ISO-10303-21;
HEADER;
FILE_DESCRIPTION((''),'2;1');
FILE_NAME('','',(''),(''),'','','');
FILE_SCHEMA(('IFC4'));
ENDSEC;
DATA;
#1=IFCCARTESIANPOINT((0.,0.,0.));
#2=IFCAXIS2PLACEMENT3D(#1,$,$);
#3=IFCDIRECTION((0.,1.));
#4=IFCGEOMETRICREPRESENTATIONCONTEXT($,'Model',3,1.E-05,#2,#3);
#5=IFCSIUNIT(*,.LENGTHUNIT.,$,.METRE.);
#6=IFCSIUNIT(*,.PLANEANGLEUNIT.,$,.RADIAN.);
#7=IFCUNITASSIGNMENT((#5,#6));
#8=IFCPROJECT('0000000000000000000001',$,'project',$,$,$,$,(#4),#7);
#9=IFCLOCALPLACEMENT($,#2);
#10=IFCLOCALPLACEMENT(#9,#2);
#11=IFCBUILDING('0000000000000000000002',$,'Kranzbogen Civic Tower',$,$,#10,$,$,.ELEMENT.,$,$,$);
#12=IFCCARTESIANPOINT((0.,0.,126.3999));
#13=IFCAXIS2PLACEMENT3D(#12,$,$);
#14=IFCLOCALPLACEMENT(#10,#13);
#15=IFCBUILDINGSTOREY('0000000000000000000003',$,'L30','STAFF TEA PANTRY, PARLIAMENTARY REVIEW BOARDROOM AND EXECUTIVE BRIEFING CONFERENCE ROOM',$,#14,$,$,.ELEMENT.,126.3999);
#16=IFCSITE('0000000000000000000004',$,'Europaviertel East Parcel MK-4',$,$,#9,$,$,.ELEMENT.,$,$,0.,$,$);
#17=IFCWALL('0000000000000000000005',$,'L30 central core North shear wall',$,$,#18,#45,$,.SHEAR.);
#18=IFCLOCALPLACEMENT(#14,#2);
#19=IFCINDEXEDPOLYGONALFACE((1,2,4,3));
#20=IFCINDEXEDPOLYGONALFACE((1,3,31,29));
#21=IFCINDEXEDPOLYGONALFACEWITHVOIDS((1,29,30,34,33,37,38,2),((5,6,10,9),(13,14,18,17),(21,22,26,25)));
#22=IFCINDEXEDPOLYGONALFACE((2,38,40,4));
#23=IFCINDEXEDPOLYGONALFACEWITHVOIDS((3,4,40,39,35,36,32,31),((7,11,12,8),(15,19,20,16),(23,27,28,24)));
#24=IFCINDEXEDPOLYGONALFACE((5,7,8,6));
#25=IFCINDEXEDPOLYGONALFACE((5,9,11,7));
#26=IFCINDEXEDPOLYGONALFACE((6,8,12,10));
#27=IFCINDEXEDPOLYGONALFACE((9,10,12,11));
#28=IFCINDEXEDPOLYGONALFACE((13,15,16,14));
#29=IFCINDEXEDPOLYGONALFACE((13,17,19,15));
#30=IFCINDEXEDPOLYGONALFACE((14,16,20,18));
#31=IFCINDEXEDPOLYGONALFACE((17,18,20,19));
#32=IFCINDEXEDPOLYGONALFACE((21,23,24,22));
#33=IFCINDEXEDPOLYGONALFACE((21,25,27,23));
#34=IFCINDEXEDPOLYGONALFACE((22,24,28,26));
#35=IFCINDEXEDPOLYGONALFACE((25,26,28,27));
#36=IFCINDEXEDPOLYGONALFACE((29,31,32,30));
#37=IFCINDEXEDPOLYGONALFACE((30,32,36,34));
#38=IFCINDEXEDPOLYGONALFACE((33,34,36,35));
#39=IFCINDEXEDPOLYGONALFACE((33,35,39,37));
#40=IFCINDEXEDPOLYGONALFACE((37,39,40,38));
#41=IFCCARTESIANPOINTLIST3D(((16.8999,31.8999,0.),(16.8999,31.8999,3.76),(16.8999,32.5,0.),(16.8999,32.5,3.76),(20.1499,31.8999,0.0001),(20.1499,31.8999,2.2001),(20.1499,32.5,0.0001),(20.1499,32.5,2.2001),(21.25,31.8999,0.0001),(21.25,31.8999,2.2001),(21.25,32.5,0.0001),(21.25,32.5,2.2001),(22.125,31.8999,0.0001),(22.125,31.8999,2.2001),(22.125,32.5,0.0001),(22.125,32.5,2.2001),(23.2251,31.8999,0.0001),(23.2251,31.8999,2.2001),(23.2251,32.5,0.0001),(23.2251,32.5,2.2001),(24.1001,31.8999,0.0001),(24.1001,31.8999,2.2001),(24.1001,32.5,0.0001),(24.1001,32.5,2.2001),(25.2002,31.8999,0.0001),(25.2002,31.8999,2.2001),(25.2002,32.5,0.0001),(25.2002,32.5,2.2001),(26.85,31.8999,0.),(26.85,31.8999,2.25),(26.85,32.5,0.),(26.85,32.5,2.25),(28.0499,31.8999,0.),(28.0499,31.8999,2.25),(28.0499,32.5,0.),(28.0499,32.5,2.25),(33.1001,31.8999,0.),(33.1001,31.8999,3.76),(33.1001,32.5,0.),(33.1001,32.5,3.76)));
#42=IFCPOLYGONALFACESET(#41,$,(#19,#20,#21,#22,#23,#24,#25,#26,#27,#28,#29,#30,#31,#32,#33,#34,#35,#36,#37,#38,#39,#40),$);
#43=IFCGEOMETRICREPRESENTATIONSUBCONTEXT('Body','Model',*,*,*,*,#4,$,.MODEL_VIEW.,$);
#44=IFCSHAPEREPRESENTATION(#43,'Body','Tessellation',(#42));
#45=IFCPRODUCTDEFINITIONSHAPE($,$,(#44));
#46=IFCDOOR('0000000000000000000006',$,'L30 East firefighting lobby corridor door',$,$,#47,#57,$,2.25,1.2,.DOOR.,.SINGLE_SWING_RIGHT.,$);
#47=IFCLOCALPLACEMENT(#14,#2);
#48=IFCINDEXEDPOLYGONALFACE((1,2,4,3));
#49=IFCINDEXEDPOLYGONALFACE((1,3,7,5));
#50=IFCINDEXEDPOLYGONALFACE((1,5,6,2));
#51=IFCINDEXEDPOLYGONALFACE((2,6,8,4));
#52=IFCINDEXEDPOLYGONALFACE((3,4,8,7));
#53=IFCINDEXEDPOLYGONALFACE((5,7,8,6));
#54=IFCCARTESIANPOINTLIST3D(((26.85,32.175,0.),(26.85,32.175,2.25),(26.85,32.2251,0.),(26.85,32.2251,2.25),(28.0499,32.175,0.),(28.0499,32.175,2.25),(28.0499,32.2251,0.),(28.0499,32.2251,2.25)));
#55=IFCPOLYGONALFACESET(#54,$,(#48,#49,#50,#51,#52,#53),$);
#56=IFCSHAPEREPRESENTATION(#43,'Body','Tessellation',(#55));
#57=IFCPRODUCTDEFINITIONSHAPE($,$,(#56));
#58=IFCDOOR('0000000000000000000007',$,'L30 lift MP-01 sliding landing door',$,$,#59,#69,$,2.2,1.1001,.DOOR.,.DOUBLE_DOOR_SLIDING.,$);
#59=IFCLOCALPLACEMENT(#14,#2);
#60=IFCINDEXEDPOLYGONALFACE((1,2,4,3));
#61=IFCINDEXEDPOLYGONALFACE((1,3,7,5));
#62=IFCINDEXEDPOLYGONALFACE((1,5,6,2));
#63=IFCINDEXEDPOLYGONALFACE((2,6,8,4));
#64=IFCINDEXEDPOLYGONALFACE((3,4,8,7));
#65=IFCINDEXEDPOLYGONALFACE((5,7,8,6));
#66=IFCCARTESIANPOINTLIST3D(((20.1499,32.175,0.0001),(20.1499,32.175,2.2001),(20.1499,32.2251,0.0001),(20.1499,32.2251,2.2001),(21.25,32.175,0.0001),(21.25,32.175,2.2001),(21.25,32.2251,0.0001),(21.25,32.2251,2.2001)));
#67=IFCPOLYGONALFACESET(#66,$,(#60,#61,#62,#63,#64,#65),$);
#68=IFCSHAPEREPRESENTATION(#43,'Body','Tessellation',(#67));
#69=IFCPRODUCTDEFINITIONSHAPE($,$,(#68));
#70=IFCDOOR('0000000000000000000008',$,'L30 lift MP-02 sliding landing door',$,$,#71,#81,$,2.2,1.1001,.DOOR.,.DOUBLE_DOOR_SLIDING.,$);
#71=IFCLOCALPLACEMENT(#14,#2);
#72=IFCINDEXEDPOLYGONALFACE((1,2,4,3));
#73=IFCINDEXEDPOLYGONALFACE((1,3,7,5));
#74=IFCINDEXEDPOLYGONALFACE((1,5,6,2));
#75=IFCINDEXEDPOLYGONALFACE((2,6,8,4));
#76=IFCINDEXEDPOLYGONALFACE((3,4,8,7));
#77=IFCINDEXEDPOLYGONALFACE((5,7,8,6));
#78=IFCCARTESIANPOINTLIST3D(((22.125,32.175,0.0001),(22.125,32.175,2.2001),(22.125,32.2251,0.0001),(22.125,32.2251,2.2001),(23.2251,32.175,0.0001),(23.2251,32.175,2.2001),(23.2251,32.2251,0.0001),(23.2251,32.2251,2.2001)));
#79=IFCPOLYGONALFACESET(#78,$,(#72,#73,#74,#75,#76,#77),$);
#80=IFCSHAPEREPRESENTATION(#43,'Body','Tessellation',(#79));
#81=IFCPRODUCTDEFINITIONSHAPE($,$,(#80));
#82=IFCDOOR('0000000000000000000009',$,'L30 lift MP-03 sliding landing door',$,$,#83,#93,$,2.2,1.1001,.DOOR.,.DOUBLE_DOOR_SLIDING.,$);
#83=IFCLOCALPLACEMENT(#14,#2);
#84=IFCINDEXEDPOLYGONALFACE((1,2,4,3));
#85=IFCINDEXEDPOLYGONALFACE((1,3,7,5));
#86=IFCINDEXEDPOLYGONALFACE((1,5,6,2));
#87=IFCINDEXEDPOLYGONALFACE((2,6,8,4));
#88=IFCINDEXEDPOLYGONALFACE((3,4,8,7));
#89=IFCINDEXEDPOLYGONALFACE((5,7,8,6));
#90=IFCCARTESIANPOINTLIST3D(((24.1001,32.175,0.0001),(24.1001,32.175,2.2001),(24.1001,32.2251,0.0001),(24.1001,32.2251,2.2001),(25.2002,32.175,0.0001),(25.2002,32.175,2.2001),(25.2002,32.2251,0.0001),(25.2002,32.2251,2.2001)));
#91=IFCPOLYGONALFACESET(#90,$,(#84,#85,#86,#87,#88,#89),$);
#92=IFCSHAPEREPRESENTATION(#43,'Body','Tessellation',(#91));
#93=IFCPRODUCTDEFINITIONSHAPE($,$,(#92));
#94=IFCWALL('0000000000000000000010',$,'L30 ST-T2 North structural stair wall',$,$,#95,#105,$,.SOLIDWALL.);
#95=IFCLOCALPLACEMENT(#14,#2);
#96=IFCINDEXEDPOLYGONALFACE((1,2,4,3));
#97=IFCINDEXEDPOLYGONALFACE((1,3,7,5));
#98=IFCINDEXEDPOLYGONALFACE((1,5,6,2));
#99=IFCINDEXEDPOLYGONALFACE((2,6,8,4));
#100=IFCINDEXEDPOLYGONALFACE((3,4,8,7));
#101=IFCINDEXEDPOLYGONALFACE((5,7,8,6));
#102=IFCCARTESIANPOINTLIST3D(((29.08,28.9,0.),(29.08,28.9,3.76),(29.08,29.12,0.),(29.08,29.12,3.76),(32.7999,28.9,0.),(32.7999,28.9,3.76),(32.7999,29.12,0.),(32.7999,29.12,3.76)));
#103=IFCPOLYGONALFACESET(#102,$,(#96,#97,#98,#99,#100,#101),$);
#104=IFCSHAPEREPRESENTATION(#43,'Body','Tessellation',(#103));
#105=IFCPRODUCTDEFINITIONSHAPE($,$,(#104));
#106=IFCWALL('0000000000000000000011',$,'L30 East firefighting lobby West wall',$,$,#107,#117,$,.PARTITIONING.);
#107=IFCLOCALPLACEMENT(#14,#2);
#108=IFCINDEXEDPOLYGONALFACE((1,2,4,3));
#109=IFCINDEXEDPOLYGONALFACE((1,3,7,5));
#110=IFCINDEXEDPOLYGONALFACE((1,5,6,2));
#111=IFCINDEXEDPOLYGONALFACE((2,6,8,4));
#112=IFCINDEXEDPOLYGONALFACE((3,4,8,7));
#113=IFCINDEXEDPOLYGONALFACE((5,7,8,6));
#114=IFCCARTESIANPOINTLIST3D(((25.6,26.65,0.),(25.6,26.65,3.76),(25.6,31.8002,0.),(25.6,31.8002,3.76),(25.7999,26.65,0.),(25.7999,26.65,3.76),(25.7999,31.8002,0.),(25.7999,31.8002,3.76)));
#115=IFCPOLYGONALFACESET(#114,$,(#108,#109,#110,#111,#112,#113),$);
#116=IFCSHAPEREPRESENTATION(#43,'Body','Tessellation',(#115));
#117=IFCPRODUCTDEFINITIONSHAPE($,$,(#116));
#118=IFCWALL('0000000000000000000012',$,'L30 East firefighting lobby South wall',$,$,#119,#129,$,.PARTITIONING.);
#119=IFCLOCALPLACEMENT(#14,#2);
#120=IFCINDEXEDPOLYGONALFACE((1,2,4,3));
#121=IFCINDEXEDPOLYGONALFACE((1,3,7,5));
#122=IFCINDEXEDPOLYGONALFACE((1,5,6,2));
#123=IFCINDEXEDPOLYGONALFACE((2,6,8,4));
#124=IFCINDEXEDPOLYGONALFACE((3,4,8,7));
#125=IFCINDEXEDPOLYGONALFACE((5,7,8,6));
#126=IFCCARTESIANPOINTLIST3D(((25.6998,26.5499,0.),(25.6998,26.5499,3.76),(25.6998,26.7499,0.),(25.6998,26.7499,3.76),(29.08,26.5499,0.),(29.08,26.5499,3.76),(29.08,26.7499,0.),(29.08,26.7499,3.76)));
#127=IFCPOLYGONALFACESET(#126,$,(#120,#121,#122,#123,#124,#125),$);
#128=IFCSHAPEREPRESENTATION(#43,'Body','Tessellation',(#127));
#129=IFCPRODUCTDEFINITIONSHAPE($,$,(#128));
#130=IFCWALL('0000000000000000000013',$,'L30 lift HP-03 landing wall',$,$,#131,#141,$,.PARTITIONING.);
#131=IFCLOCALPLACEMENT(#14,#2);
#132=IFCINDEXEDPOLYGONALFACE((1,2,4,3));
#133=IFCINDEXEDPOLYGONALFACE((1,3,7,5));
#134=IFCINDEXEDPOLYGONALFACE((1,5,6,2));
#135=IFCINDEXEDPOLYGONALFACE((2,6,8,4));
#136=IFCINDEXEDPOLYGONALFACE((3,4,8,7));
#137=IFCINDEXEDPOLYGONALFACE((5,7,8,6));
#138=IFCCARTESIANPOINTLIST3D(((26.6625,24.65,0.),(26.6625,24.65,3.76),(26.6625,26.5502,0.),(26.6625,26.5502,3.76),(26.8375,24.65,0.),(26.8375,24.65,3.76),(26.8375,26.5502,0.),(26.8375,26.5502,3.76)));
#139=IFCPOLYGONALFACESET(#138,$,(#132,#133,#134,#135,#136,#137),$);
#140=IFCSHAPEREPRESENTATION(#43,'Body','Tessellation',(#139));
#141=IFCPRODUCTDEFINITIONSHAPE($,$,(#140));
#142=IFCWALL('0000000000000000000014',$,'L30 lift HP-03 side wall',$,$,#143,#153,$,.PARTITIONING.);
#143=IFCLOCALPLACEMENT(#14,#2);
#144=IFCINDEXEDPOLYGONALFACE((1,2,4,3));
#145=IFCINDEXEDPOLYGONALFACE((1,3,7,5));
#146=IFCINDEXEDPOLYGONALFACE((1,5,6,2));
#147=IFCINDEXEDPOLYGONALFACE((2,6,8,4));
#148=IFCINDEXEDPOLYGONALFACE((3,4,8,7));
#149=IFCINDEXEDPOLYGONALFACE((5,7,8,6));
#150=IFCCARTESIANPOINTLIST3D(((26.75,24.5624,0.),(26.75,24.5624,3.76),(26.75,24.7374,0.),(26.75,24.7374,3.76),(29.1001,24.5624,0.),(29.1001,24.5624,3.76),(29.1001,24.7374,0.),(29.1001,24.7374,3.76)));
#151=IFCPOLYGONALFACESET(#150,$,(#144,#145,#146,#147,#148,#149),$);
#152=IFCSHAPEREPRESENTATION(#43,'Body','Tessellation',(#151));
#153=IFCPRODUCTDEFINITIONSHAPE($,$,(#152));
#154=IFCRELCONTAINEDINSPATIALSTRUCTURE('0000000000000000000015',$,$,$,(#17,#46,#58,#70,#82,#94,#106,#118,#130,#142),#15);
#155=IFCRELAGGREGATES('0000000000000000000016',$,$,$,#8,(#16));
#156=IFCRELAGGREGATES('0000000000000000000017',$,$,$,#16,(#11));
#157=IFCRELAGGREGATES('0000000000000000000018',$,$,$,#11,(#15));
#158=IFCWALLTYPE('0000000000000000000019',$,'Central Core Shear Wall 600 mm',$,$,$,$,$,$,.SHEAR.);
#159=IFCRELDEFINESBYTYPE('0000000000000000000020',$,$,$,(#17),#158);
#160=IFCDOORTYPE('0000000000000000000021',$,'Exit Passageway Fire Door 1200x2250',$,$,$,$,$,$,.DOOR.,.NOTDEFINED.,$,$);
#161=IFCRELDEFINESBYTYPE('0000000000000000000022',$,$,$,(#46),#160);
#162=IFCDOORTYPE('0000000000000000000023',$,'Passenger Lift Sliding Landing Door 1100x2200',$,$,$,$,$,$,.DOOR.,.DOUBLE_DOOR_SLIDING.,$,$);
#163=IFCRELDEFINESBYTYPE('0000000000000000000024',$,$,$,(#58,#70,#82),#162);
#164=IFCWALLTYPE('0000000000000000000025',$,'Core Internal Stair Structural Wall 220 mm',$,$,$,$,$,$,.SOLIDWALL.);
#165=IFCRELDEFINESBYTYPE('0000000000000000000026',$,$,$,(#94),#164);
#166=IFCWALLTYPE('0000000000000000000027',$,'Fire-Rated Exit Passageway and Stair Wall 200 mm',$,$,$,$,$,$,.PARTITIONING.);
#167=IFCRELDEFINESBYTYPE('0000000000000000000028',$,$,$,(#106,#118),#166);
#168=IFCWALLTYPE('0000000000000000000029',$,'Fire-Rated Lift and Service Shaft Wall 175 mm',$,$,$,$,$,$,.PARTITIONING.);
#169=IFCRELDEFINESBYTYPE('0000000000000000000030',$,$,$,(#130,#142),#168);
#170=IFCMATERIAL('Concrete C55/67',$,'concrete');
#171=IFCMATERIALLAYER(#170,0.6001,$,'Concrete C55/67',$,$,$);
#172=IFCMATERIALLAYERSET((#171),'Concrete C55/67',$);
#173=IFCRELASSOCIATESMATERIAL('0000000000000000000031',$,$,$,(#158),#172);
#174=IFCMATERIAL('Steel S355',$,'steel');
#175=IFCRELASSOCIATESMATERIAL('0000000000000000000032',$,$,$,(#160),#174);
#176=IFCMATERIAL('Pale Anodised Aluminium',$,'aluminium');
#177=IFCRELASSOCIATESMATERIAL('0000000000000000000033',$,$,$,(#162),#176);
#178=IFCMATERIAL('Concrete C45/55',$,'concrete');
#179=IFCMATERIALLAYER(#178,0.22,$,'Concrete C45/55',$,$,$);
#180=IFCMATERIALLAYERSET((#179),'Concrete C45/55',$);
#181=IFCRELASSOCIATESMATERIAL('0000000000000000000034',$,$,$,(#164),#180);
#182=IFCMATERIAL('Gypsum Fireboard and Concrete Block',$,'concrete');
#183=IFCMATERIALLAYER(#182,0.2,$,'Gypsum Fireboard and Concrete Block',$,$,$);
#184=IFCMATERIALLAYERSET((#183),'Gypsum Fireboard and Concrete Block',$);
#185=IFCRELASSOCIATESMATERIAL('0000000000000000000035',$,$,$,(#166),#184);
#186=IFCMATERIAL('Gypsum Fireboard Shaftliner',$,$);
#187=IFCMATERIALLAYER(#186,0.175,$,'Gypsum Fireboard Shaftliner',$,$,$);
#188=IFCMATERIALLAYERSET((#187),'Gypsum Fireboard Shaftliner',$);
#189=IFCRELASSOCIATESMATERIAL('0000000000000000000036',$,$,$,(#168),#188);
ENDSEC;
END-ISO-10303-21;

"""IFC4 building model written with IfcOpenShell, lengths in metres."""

from ifc_helpers import new_model, si_unit, direction, frame, frame_2d, origin, place, context, subcontext, project, spatial, rectangle, extrude, material, layer, layer_set, type_object, element, fill, save


model = new_model("IFC4")

# Units and contexts
model_context = context("Model", 3, precision=1e-05, world=origin(), true_north=direction((0.0, 1.0)))
body_context = subcontext(model_context, "Body", "Model", "MODEL_VIEW")
ifc_project = project(units=[si_unit("LENGTHUNIT", "METRE"), si_unit("PLANEANGLEUNIT", "RADIAN")], contexts=[model_context])

# Site, building, storey
site_placement = place(None, origin())
site = spatial("IfcSite", under=ifc_project, at=site_placement, Name="Europaviertel East Parcel MK-4", CompositionType="ELEMENT", RefElevation=0.0)
building_placement = place(site_placement, origin())
building = spatial("IfcBuilding", under=site, at=building_placement, Name="Kranzbogen Civic Tower", CompositionType="ELEMENT")
storey_placement = place(building_placement, frame((0.0, 0.0, 126.3999)))
storey = spatial("IfcBuildingStorey", under=building, at=storey_placement, Name="L30", Description="STAFF TEA PANTRY, PARLIAMENTARY REVIEW BOARDROOM AND EXECUTIVE BRIEFING CONFERENCE ROOM", CompositionType="ELEMENT", Elevation=126.3999)

# Shared definitions
ifc_material_1 = material(Name="Steel S355", Category="steel")

# Wall, openings, doors
ifc_material_2 = material(Name="Concrete C55/67", Category="concrete")
ifc_layer_1 = layer(ifc_material_2, 0.6001, Name="Concrete C55/67")
ifc_layer_set_1 = layer_set([ifc_layer_1], Name="Concrete C55/67")
wall_type_1 = type_object("IfcWallType", Name="Central Core Shear Wall 600 mm", PredefinedType="SHEAR", material=ifc_layer_set_1)
wall_1_placement = place(storey_placement, frame((33.1001, 32.2, 0.0), z_axis=(0.0, 0.0, 1.0), x_axis=(-1.0, 0.0, 0.0)))
wall_1 = element("IfcWall", 1, at=wall_1_placement, inside=storey, type_object=wall_type_1, Name="L30 central core North shear wall", PredefinedType="SHEAR", context=body_context, shape_type="SweptSolid", body=[
    extrude(rectangle(XDim=16.2002, YDim=0.6001, at=frame_2d((8.1001, 0.0))), origin(), (0.0, 0.0, 1.0), 3.76),
])
opening_1_placement = place(wall_1_placement, frame((5.05, 0.0, 0.0)))
opening_1 = element("IfcOpeningElement", 2, at=opening_1_placement, cuts=wall_1, PredefinedType="OPENING", context=body_context, shape_type="SweptSolid", body=[
    extrude(rectangle(XDim=1.2, YDim=2.25, at=frame_2d((0.6001, 1.125))), frame((0.0, 0.3101, 0.0), z_axis=(0.0, -1.0, 0.0), x_axis=(1.0, 0.0, 0.0)), (0.0, 0.0, 1.0), 0.6201),
])
opening_2_placement = place(wall_1_placement, frame((11.8501, 0.0, 0.0)))
opening_2 = element("IfcOpeningElement", 3, at=opening_2_placement, cuts=wall_1, PredefinedType="OPENING", context=body_context, shape_type="SweptSolid", body=[
    extrude(rectangle(XDim=1.1001, YDim=2.2, at=frame_2d((0.55, 1.1001))), frame((0.0, 0.3101, 0.0), z_axis=(0.0, -1.0, 0.0), x_axis=(1.0, 0.0, 0.0)), (0.0, 0.0, 1.0), 0.6201),
])
opening_3_placement = place(wall_1_placement, frame((9.875, 0.0, 0.0)))
opening_3 = element("IfcOpeningElement", 4, at=opening_3_placement, cuts=wall_1, PredefinedType="OPENING", context=body_context, shape_type="SweptSolid", body=[
    extrude(rectangle(XDim=1.1001, YDim=2.2, at=frame_2d((0.55, 1.1001))), frame((0.0, 0.3101, 0.0), z_axis=(0.0, -1.0, 0.0), x_axis=(1.0, 0.0, 0.0)), (0.0, 0.0, 1.0), 0.6201),
])
opening_4_placement = place(wall_1_placement, frame((7.8999, 0.0, 0.0)))
opening_4 = element("IfcOpeningElement", 5, at=opening_4_placement, cuts=wall_1, PredefinedType="OPENING", context=body_context, shape_type="SweptSolid", body=[
    extrude(rectangle(XDim=1.1001, YDim=2.2, at=frame_2d((0.55, 1.1001))), frame((0.0, 0.3101, 0.0), z_axis=(0.0, -1.0, 0.0), x_axis=(1.0, 0.0, 0.0)), (0.0, 0.0, 1.0), 0.6201),
])
door_type_1 = type_object("IfcDoorType", Name="Exit Passageway Fire Door 1200x2250", OperationType="NOTDEFINED", PredefinedType="DOOR", material=ifc_material_1)
door_1_placement = place(opening_1_placement, origin())
door_1 = element("IfcDoor", 6, at=door_1_placement, inside=storey, type_object=door_type_1, Name="L30 East firefighting lobby corridor door", OperationType="SINGLE_SWING_RIGHT", OverallHeight=2.25, OverallWidth=1.2, PredefinedType="DOOR", context=body_context, shape_type="SweptSolid", body=[
    extrude(rectangle(XDim=1.2, YDim=2.25, at=frame_2d((0.6001, 1.125))), frame((0.0, 0.0249, 0.0), z_axis=(0.0, -1.0, 0.0), x_axis=(1.0, 0.0, 0.0)), (0.0, 0.0, 1.0), 0.05),
])
fill(opening_1, door_1)
ifc_material_3 = material(Name="Pale Anodised Aluminium", Category="aluminium")
door_type_2 = type_object("IfcDoorType", Name="Passenger Lift Sliding Landing Door 1100x2200", OperationType="DOUBLE_DOOR_SLIDING", PredefinedType="DOOR", material=ifc_material_3)
door_2_placement = place(opening_2_placement, origin())
door_2 = element("IfcDoor", 7, at=door_2_placement, inside=storey, type_object=door_type_2, Name="L30 lift MP-01 sliding landing door", OperationType="DOUBLE_DOOR_SLIDING", OverallHeight=2.2, OverallWidth=1.1001, PredefinedType="DOOR", context=body_context, shape_type="SweptSolid", body=[
    extrude(rectangle(XDim=1.1001, YDim=2.2, at=frame_2d((0.55, 1.1001))), frame((0.0, 0.0249, 0.0), z_axis=(0.0, -1.0, 0.0), x_axis=(1.0, 0.0, 0.0)), (0.0, 0.0, 1.0), 0.05),
])
fill(opening_2, door_2)
door_3_placement = place(opening_3_placement, origin())
door_3 = element("IfcDoor", 8, at=door_3_placement, inside=storey, type_object=door_type_2, Name="L30 lift MP-02 sliding landing door", OperationType="DOUBLE_DOOR_SLIDING", OverallHeight=2.2, OverallWidth=1.1001, PredefinedType="DOOR", context=body_context, shape_type="SweptSolid", body=[
    extrude(rectangle(XDim=1.1001, YDim=2.2, at=frame_2d((0.55, 1.1001))), frame((0.0, 0.0249, 0.0), z_axis=(0.0, -1.0, 0.0), x_axis=(1.0, 0.0, 0.0)), (0.0, 0.0, 1.0), 0.05),
])
fill(opening_3, door_3)
door_4_placement = place(opening_4_placement, origin())
door_4 = element("IfcDoor", 9, at=door_4_placement, inside=storey, type_object=door_type_2, Name="L30 lift MP-03 sliding landing door", OperationType="DOUBLE_DOOR_SLIDING", OverallHeight=2.2, OverallWidth=1.1001, PredefinedType="DOOR", context=body_context, shape_type="SweptSolid", body=[
    extrude(rectangle(XDim=1.1001, YDim=2.2, at=frame_2d((0.55, 1.1001))), frame((0.0, 0.0249, 0.0), z_axis=(0.0, -1.0, 0.0), x_axis=(1.0, 0.0, 0.0)), (0.0, 0.0, 1.0), 0.05),
])
fill(opening_4, door_4)

# Walls
ifc_material_4 = material(Name="Concrete C45/55", Category="concrete")
ifc_layer_2 = layer(ifc_material_4, 0.22, Name="Concrete C45/55")
ifc_layer_set_2 = layer_set([ifc_layer_2], Name="Concrete C45/55")
wall_type_2 = type_object("IfcWallType", Name="Core Internal Stair Structural Wall 220 mm", PredefinedType="SOLIDWALL", material=ifc_layer_set_2)
wall_2_placement = place(storey_placement, frame((29.0801, 29.01, 0.0), z_axis=(0.0, 0.0, 1.0), x_axis=(1.0, 0.0, 0.0)))
element("IfcWall", 10, at=wall_2_placement, inside=storey, type_object=wall_type_2, Name="L30 ST-T2 North structural stair wall", PredefinedType="SOLIDWALL", context=body_context, shape_type="SweptSolid", body=[
    extrude(rectangle(XDim=3.72, YDim=0.22, at=frame_2d((1.8599, 0.0))), origin(), (0.0, 0.0, 1.0), 3.76),
])
ifc_material_5 = material(Name="Gypsum Fireboard and Concrete Block", Category="concrete")
ifc_layer_3 = layer(ifc_material_5, 0.2, Name="Gypsum Fireboard and Concrete Block")
ifc_layer_set_3 = layer_set([ifc_layer_3], Name="Gypsum Fireboard and Concrete Block")
wall_type_3 = type_object("IfcWallType", Name="Fire-Rated Exit Passageway and Stair Wall 200 mm", PredefinedType="PARTITIONING", material=ifc_layer_set_3)
wall_3_placement = place(storey_placement, frame((25.7, 26.6499, 0.0), z_axis=(0.0, 0.0, 1.0), x_axis=(0.0, 1.0, 0.0)))
element("IfcWall", 11, at=wall_3_placement, inside=storey, type_object=wall_type_3, Name="L30 East firefighting lobby West wall", PredefinedType="PARTITIONING", context=body_context, shape_type="SweptSolid", body=[
    extrude(rectangle(XDim=5.1501, YDim=0.2, at=frame_2d((2.5752, 0.0))), origin(), (0.0, 0.0, 1.0), 3.76),
])
wall_4_placement = place(storey_placement, frame((25.7, 26.6499, 0.0), z_axis=(0.0, 0.0, 1.0), x_axis=(1.0, 0.0, 0.0)))
element("IfcWall", 12, at=wall_4_placement, inside=storey, type_object=wall_type_3, Name="L30 East firefighting lobby South wall", PredefinedType="PARTITIONING", context=body_context, shape_type="SweptSolid", body=[
    extrude(rectangle(XDim=3.3801, YDim=0.2, at=frame_2d((1.6899, 0.0))), origin(), (0.0, 0.0, 1.0), 3.76),
])
ifc_material_6 = material(Name="Gypsum Fireboard Shaftliner")
ifc_layer_4 = layer(ifc_material_6, 0.175, Name="Gypsum Fireboard Shaftliner")
ifc_layer_set_4 = layer_set([ifc_layer_4], Name="Gypsum Fireboard Shaftliner")
wall_type_4 = type_object("IfcWallType", Name="Fire-Rated Lift and Service Shaft Wall 175 mm", PredefinedType="PARTITIONING", material=ifc_layer_set_4)
wall_5_placement = place(storey_placement, frame((26.75, 24.6499, 0.0), z_axis=(0.0, 0.0, 1.0), x_axis=(0.0, 1.0, 0.0)))
element("IfcWall", 13, at=wall_5_placement, inside=storey, type_object=wall_type_4, Name="L30 lift HP-03 landing wall", PredefinedType="PARTITIONING", context=body_context, shape_type="SweptSolid", body=[
    extrude(rectangle(XDim=1.9001, YDim=0.175, at=frame_2d((0.9502, 0.0))), origin(), (0.0, 0.0, 1.0), 3.76),
])
wall_6_placement = place(storey_placement, frame((26.75, 24.6499, 0.0), z_axis=(0.0, 0.0, 1.0), x_axis=(1.0, 0.0, 0.0)))
element("IfcWall", 14, at=wall_6_placement, inside=storey, type_object=wall_type_4, Name="L30 lift HP-03 side wall", PredefinedType="PARTITIONING", context=body_context, shape_type="SweptSolid", body=[
    extrude(rectangle(XDim=2.3501, YDim=0.175, at=frame_2d((1.175, 0.0))), origin(), (0.0, 0.0, 1.0), 3.76),
])

save(model, "model.ifc")
